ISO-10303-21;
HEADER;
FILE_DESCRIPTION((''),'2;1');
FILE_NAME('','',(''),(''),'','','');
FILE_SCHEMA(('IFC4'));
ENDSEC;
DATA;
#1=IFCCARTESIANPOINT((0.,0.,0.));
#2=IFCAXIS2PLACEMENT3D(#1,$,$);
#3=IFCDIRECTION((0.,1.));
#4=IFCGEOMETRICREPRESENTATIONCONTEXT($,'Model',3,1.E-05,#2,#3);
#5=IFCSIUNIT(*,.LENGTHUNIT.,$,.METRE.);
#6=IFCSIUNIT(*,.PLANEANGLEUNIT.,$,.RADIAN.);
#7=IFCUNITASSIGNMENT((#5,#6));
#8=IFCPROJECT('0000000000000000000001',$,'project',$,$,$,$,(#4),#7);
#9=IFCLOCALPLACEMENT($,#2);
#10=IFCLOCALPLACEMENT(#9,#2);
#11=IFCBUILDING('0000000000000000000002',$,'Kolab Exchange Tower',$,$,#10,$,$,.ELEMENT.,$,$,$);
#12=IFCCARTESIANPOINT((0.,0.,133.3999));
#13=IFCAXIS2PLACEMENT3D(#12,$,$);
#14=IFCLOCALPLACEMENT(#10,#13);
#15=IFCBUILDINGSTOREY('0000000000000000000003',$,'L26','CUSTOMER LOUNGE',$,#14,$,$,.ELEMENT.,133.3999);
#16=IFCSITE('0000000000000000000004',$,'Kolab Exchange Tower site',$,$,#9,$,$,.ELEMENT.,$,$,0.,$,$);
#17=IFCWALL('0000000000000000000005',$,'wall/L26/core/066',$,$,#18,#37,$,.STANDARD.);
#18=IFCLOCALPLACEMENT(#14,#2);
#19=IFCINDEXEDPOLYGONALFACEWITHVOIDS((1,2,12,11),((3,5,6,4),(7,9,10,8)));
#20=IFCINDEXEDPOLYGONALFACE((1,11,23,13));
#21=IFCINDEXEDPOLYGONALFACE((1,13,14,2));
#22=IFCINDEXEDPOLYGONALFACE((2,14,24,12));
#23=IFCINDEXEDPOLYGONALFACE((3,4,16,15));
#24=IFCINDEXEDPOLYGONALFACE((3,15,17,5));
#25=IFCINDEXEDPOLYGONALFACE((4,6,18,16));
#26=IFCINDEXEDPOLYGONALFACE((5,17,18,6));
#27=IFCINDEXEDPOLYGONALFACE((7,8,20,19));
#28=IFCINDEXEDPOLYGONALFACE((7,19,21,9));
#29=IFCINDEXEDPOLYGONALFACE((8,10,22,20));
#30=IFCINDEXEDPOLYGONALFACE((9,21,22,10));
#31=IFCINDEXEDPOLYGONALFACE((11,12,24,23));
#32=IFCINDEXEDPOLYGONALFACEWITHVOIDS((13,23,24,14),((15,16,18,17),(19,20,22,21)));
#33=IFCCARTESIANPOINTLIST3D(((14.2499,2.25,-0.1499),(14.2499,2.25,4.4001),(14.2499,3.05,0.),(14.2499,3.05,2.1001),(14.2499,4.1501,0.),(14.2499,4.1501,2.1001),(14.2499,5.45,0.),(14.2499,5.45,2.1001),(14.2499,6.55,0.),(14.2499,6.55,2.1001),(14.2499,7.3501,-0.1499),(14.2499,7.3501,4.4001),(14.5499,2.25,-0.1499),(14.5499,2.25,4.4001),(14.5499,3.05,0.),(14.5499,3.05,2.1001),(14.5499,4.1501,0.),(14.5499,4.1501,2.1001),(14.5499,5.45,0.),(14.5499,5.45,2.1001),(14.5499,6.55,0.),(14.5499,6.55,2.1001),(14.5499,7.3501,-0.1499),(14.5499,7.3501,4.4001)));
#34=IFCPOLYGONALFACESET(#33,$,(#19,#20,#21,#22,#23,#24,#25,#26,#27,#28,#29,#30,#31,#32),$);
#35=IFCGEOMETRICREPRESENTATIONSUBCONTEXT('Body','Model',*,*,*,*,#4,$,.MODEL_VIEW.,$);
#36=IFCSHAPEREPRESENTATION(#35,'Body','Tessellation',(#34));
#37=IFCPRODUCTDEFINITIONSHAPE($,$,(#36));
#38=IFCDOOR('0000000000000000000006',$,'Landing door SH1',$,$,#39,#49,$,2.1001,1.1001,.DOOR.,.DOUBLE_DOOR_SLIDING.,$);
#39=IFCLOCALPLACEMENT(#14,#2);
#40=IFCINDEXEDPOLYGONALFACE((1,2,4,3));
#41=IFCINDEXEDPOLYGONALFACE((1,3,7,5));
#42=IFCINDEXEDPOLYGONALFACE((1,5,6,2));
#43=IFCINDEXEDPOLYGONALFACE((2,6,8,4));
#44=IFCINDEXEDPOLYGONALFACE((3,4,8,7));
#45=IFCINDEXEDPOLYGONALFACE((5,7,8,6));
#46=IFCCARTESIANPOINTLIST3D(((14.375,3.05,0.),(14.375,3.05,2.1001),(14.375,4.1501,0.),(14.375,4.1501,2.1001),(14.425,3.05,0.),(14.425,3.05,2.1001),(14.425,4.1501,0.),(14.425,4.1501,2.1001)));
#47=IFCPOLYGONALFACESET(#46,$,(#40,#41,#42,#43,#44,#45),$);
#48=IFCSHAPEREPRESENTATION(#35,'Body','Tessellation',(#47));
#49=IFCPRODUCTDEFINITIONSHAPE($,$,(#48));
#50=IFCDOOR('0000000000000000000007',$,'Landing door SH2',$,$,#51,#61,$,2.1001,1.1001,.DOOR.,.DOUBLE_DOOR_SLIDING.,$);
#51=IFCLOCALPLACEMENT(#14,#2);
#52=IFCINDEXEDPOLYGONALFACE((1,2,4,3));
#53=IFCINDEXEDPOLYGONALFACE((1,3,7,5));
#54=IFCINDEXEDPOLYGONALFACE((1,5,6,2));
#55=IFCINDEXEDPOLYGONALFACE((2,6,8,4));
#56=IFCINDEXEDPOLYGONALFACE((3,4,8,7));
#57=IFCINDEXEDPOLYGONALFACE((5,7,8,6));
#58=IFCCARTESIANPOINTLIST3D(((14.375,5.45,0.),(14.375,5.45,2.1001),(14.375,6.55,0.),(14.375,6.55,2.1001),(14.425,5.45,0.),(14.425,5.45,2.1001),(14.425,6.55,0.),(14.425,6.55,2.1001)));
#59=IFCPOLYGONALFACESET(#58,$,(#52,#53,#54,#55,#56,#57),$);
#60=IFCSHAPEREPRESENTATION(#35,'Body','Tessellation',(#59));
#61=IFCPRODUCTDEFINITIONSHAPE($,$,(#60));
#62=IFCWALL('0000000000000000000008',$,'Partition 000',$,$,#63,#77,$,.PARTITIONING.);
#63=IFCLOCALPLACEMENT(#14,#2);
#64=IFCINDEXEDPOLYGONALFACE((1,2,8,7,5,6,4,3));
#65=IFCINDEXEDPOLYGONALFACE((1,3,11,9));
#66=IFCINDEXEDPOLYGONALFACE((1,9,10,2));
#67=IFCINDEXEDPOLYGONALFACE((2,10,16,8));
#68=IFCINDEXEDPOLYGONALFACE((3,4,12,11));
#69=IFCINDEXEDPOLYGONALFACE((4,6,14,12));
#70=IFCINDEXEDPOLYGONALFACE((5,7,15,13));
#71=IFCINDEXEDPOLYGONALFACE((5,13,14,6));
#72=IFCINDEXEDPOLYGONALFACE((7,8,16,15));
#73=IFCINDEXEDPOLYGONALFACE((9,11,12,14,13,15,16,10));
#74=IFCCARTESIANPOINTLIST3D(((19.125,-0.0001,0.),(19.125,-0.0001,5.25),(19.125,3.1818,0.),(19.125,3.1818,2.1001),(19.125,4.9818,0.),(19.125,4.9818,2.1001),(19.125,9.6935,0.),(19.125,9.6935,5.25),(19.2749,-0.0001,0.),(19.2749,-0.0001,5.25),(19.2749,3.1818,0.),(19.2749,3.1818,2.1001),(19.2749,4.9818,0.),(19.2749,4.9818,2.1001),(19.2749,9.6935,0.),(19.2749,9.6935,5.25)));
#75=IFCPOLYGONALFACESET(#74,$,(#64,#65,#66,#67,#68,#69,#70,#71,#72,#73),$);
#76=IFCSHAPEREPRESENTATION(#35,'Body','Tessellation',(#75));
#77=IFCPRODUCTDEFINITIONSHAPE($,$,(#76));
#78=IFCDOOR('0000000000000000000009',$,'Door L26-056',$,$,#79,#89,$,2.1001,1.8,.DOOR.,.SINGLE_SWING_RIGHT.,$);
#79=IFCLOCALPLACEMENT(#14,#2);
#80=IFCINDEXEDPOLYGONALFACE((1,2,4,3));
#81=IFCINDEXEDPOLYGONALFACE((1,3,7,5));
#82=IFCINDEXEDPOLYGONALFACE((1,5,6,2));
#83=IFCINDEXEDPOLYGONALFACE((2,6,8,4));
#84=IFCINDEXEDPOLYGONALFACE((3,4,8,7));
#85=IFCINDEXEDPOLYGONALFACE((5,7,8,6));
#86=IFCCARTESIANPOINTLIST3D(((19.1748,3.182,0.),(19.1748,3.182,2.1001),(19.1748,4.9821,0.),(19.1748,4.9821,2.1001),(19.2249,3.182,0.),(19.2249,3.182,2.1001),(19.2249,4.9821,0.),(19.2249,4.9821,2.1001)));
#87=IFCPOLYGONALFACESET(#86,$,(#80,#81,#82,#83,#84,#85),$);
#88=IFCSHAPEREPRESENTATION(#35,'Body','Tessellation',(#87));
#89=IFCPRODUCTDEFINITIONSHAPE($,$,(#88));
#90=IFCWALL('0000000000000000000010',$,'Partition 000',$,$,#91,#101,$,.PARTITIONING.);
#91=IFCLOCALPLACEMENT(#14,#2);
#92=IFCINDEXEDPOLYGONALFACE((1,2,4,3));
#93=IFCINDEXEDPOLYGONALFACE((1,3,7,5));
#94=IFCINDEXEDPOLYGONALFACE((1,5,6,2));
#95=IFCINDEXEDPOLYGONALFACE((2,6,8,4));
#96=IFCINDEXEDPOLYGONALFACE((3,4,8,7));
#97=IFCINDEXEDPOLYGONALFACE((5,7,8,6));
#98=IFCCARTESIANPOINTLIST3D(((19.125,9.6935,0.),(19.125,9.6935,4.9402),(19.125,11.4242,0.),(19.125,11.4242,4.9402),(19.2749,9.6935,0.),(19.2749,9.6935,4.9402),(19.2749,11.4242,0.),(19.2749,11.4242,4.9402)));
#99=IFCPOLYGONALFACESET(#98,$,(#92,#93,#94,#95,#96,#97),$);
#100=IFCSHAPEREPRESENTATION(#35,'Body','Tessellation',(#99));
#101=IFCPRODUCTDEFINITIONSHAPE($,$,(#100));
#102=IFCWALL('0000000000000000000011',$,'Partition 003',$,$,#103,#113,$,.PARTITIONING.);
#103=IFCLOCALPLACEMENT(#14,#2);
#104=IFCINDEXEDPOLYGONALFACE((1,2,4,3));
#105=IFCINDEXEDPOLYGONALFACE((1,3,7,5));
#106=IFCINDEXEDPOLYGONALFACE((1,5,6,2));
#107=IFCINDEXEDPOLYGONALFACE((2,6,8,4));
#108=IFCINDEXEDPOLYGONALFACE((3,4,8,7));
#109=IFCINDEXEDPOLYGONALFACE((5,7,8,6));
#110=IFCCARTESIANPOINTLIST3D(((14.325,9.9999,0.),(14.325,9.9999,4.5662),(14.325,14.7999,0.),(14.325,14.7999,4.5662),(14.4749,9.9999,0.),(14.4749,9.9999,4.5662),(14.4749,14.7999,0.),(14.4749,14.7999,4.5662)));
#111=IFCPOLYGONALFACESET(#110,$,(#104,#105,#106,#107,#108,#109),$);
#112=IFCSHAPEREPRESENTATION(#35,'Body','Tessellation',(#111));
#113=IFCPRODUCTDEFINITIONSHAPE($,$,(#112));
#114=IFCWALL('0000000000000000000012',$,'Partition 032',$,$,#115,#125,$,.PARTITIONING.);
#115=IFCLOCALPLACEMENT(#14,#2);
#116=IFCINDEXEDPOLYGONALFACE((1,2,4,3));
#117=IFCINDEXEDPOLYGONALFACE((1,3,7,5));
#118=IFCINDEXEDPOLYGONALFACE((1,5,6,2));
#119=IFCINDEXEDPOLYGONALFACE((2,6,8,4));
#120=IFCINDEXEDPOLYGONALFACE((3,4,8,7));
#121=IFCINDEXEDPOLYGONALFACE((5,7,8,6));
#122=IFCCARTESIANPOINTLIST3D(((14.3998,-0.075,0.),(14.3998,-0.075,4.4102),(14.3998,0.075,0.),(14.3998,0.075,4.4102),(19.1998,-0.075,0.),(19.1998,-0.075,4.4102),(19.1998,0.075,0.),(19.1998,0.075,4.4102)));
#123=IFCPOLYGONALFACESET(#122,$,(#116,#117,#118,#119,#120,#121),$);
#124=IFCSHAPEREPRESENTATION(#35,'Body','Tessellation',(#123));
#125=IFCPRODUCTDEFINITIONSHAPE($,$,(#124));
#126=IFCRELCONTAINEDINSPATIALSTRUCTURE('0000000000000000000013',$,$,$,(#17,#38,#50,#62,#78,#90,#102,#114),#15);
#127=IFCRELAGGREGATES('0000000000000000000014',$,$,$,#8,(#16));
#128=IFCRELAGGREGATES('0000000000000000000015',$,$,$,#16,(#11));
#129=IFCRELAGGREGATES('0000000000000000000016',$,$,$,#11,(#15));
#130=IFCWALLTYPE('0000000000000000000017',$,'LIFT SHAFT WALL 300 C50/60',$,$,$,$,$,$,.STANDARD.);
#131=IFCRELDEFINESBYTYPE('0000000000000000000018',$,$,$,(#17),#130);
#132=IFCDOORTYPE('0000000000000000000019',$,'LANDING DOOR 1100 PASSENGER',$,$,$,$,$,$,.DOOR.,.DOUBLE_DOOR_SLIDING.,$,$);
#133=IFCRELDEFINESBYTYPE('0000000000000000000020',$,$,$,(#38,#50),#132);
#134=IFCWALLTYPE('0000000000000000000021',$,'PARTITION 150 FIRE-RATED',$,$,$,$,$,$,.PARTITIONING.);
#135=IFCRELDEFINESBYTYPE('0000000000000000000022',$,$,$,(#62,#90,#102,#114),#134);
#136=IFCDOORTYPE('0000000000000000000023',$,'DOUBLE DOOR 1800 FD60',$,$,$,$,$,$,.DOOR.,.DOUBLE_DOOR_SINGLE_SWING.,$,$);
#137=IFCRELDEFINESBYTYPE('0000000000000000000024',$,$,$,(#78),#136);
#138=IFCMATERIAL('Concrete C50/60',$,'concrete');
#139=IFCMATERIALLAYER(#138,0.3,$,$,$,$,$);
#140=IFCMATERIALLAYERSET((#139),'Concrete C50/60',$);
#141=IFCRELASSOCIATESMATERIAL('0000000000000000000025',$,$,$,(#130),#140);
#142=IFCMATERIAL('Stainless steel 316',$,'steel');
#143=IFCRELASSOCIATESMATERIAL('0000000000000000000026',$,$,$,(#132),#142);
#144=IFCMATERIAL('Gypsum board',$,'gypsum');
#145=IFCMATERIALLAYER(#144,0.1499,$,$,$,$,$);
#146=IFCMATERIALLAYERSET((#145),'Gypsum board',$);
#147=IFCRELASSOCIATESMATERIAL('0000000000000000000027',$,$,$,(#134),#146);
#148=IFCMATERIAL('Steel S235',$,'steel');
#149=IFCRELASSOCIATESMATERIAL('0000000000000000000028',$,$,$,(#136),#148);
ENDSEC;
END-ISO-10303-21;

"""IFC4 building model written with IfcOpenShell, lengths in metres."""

from ifc_helpers import new_model, si_unit, direction, frame, frame_2d, origin, place, context, subcontext, project, spatial, rectangle, extrude, material, layer, layer_set, type_object, element, fill, save


model = new_model("IFC4")

# Units and contexts
model_context = context("Model", 3, precision=1e-05, world=origin(), true_north=direction((0.0, 1.0)))
body_context = subcontext(model_context, "Body", "Model", "MODEL_VIEW")
ifc_project = project(units=[si_unit("LENGTHUNIT", "METRE"), si_unit("PLANEANGLEUNIT", "RADIAN")], contexts=[model_context])

# Site, building, storey
site_placement = place(None, origin())
site = spatial("IfcSite", under=ifc_project, at=site_placement, Name="Kolab Exchange Tower site", CompositionType="ELEMENT", RefElevation=0.0)
building_placement = place(site_placement, origin())
building = spatial("IfcBuilding", under=site, at=building_placement, Name="Kolab Exchange Tower", CompositionType="ELEMENT")
storey_placement = place(building_placement, frame((0.0, 0.0, 133.3999)))
storey = spatial("IfcBuildingStorey", under=building, at=storey_placement, Name="L26", Description="CUSTOMER LOUNGE", CompositionType="ELEMENT", Elevation=133.3999)

# Wall, openings, doors
ifc_material_1 = material(Name="Concrete C50/60", Category="concrete")
ifc_layer_1 = layer(ifc_material_1, 0.3)
ifc_layer_set_1 = layer_set([ifc_layer_1], Name="Concrete C50/60")
wall_type_1 = type_object("IfcWallType", Name="LIFT SHAFT WALL 300 C50/60", PredefinedType="STANDARD", material=ifc_layer_set_1)
wall_1_placement = place(storey_placement, frame((14.3999, 2.25, -0.1499), z_axis=(0.0, 0.0, 1.0), x_axis=(0.0, 1.0, 0.0)))
wall_1 = element("IfcWall", 1, at=wall_1_placement, inside=storey, type_object=wall_type_1, Name="wall/L26/core/066", PredefinedType="STANDARD", context=body_context, shape_type="SweptSolid", body=[
    extrude(rectangle(XDim=5.1001, YDim=0.3, at=frame_2d((2.55, 0.0))), origin(), (0.0, 0.0, 1.0), 4.55),
])
opening_1_placement = place(wall_1_placement, frame((0.8, 0.0, 0.1499)))
opening_1 = element("IfcOpeningElement", 2, at=opening_1_placement, cuts=wall_1, PredefinedType="OPENING", context=body_context, shape_type="SweptSolid", body=[
    extrude(rectangle(XDim=1.1001, YDim=2.1001, at=frame_2d((0.55, 1.05))), frame((0.0, 0.1602, 0.0), z_axis=(0.0, -1.0, 0.0), x_axis=(1.0, 0.0, 0.0)), (0.0, 0.0, 1.0), 0.3201),
])
opening_2_placement = place(wall_1_placement, frame((3.2, 0.0, 0.1499)))
opening_2 = element("IfcOpeningElement", 3, at=opening_2_placement, cuts=wall_1, PredefinedType="OPENING", context=body_context, shape_type="SweptSolid", body=[
    extrude(rectangle(XDim=1.1001, YDim=2.1001, at=frame_2d((0.55, 1.05))), frame((0.0, 0.1602, 0.0), z_axis=(0.0, -1.0, 0.0), x_axis=(1.0, 0.0, 0.0)), (0.0, 0.0, 1.0), 0.3201),
])
ifc_material_2 = material(Name="Stainless steel 316", Category="steel")
door_type_1 = type_object("IfcDoorType", Name="LANDING DOOR 1100 PASSENGER", OperationType="DOUBLE_DOOR_SLIDING", PredefinedType="DOOR", material=ifc_material_2)
door_1_placement = place(opening_1_placement, origin())
door_1 = element("IfcDoor", 4, at=door_1_placement, inside=storey, type_object=door_type_1, Name="Landing door SH1", OperationType="DOUBLE_DOOR_SLIDING", OverallHeight=2.1001, OverallWidth=1.1001, PredefinedType="DOOR", context=body_context, shape_type="SweptSolid", body=[
    extrude(rectangle(XDim=1.1001, YDim=2.1001, at=frame_2d((0.55, 1.05))), frame((0.0, 0.0249, 0.0), z_axis=(0.0, -1.0, 0.0), x_axis=(1.0, 0.0, 0.0)), (0.0, 0.0, 1.0), 0.05),
])
fill(opening_1, door_1)
door_2_placement = place(opening_2_placement, origin())
door_2 = element("IfcDoor", 5, at=door_2_placement, inside=storey, type_object=door_type_1, Name="Landing door SH2", OperationType="DOUBLE_DOOR_SLIDING", OverallHeight=2.1001, OverallWidth=1.1001, PredefinedType="DOOR", context=body_context, shape_type="SweptSolid", body=[
    extrude(rectangle(XDim=1.1001, YDim=2.1001, at=frame_2d((0.55, 1.05))), frame((0.0, 0.0249, 0.0), z_axis=(0.0, -1.0, 0.0), x_axis=(1.0, 0.0, 0.0)), (0.0, 0.0, 1.0), 0.05),
])
fill(opening_2, door_2)

# Wall, opening, door
ifc_material_3 = material(Name="Gypsum board", Category="gypsum")
ifc_layer_2 = layer(ifc_material_3, 0.1499)
ifc_layer_set_2 = layer_set([ifc_layer_2], Name="Gypsum board")
wall_type_2 = type_object("IfcWallType", Name="PARTITION 150 FIRE-RATED", PredefinedType="PARTITIONING", material=ifc_layer_set_2)
wall_2_placement = place(storey_placement, frame((19.2, 0.0, 0.0), z_axis=(0.0, 0.0, 1.0), x_axis=(0.0, 1.0, 0.0)))
wall_2 = element("IfcWall", 6, at=wall_2_placement, inside=storey, type_object=wall_type_2, Name="Partition 000", PredefinedType="PARTITIONING", context=body_context, shape_type="SweptSolid", body=[
    extrude(rectangle(XDim=9.6936, YDim=0.1499, at=frame_2d((4.8467, 0.0))), origin(), (0.0, 0.0, 1.0), 5.25),
])
opening_3_placement = place(wall_2_placement, frame((3.1819, 0.0, 0.0)))
opening_3 = element("IfcOpeningElement", 7, at=opening_3_placement, cuts=wall_2, PredefinedType="OPENING", context=body_context, shape_type="SweptSolid", body=[
    extrude(rectangle(XDim=1.8, YDim=2.1001, at=frame_2d((0.8999, 1.05))), frame((0.0, 0.085, 0.0), z_axis=(0.0, -1.0, 0.0), x_axis=(1.0, 0.0, 0.0)), (0.0, 0.0, 1.0), 0.1699),
])
ifc_material_4 = material(Name="Steel S235", Category="steel")
door_type_2 = type_object("IfcDoorType", Name="DOUBLE DOOR 1800 FD60", OperationType="DOUBLE_DOOR_SINGLE_SWING", PredefinedType="DOOR", material=ifc_material_4)
door_3_placement = place(opening_3_placement, frame((1.8, 0.0, 0.0), z_axis=(0.0, 0.0, 1.0), x_axis=(-1.0, 0.0, 0.0)))
door_3 = element("IfcDoor", 8, at=door_3_placement, inside=storey, type_object=door_type_2, Name="Door L26-056", OperationType="SINGLE_SWING_RIGHT", OverallHeight=2.1001, OverallWidth=1.8, PredefinedType="DOOR", context=body_context, shape_type="SweptSolid", body=[
    extrude(rectangle(XDim=1.8, YDim=2.1001, at=frame_2d((0.8999, 1.05))), frame((0.0, 0.0249, 0.0), z_axis=(0.0, -1.0, 0.0), x_axis=(1.0, 0.0, 0.0)), (0.0, 0.0, 1.0), 0.05),
])
fill(opening_3, door_3)

# Walls
wall_3_placement = place(storey_placement, frame((19.2, 9.6936, 0.0), z_axis=(0.0, 0.0, 1.0), x_axis=(0.0, 1.0, 0.0)))
element("IfcWall", 9, at=wall_3_placement, inside=storey, type_object=wall_type_2, Name="Partition 000", PredefinedType="PARTITIONING", context=body_context, shape_type="SweptSolid", body=[
    extrude(rectangle(XDim=1.7307, YDim=0.1499, at=frame_2d((0.8652, 0.0))), origin(), (0.0, 0.0, 1.0), 4.9402),
])
wall_4_placement = place(storey_placement, frame((14.3999, 10.0, 0.0), z_axis=(0.0, 0.0, 1.0), x_axis=(0.0, 1.0, 0.0)))
element("IfcWall", 10, at=wall_4_placement, inside=storey, type_object=wall_type_2, Name="Partition 003", PredefinedType="PARTITIONING", context=body_context, shape_type="SweptSolid", body=[
    extrude(rectangle(XDim=4.8, YDim=0.1499, at=frame_2d((2.3999, 0.0))), origin(), (0.0, 0.0, 1.0), 4.5662),
])
wall_5_placement = place(storey_placement, frame((14.3999, 0.0, 0.0), z_axis=(0.0, 0.0, 1.0), x_axis=(1.0, 0.0, 0.0)))
element("IfcWall", 11, at=wall_5_placement, inside=storey, type_object=wall_type_2, Name="Partition 032", PredefinedType="PARTITIONING", context=body_context, shape_type="SweptSolid", body=[
    extrude(rectangle(XDim=4.8, YDim=0.1499, at=frame_2d((2.3999, 0.0))), origin(), (0.0, 0.0, 1.0), 4.4102),
])

save(model, "model.ifc")
